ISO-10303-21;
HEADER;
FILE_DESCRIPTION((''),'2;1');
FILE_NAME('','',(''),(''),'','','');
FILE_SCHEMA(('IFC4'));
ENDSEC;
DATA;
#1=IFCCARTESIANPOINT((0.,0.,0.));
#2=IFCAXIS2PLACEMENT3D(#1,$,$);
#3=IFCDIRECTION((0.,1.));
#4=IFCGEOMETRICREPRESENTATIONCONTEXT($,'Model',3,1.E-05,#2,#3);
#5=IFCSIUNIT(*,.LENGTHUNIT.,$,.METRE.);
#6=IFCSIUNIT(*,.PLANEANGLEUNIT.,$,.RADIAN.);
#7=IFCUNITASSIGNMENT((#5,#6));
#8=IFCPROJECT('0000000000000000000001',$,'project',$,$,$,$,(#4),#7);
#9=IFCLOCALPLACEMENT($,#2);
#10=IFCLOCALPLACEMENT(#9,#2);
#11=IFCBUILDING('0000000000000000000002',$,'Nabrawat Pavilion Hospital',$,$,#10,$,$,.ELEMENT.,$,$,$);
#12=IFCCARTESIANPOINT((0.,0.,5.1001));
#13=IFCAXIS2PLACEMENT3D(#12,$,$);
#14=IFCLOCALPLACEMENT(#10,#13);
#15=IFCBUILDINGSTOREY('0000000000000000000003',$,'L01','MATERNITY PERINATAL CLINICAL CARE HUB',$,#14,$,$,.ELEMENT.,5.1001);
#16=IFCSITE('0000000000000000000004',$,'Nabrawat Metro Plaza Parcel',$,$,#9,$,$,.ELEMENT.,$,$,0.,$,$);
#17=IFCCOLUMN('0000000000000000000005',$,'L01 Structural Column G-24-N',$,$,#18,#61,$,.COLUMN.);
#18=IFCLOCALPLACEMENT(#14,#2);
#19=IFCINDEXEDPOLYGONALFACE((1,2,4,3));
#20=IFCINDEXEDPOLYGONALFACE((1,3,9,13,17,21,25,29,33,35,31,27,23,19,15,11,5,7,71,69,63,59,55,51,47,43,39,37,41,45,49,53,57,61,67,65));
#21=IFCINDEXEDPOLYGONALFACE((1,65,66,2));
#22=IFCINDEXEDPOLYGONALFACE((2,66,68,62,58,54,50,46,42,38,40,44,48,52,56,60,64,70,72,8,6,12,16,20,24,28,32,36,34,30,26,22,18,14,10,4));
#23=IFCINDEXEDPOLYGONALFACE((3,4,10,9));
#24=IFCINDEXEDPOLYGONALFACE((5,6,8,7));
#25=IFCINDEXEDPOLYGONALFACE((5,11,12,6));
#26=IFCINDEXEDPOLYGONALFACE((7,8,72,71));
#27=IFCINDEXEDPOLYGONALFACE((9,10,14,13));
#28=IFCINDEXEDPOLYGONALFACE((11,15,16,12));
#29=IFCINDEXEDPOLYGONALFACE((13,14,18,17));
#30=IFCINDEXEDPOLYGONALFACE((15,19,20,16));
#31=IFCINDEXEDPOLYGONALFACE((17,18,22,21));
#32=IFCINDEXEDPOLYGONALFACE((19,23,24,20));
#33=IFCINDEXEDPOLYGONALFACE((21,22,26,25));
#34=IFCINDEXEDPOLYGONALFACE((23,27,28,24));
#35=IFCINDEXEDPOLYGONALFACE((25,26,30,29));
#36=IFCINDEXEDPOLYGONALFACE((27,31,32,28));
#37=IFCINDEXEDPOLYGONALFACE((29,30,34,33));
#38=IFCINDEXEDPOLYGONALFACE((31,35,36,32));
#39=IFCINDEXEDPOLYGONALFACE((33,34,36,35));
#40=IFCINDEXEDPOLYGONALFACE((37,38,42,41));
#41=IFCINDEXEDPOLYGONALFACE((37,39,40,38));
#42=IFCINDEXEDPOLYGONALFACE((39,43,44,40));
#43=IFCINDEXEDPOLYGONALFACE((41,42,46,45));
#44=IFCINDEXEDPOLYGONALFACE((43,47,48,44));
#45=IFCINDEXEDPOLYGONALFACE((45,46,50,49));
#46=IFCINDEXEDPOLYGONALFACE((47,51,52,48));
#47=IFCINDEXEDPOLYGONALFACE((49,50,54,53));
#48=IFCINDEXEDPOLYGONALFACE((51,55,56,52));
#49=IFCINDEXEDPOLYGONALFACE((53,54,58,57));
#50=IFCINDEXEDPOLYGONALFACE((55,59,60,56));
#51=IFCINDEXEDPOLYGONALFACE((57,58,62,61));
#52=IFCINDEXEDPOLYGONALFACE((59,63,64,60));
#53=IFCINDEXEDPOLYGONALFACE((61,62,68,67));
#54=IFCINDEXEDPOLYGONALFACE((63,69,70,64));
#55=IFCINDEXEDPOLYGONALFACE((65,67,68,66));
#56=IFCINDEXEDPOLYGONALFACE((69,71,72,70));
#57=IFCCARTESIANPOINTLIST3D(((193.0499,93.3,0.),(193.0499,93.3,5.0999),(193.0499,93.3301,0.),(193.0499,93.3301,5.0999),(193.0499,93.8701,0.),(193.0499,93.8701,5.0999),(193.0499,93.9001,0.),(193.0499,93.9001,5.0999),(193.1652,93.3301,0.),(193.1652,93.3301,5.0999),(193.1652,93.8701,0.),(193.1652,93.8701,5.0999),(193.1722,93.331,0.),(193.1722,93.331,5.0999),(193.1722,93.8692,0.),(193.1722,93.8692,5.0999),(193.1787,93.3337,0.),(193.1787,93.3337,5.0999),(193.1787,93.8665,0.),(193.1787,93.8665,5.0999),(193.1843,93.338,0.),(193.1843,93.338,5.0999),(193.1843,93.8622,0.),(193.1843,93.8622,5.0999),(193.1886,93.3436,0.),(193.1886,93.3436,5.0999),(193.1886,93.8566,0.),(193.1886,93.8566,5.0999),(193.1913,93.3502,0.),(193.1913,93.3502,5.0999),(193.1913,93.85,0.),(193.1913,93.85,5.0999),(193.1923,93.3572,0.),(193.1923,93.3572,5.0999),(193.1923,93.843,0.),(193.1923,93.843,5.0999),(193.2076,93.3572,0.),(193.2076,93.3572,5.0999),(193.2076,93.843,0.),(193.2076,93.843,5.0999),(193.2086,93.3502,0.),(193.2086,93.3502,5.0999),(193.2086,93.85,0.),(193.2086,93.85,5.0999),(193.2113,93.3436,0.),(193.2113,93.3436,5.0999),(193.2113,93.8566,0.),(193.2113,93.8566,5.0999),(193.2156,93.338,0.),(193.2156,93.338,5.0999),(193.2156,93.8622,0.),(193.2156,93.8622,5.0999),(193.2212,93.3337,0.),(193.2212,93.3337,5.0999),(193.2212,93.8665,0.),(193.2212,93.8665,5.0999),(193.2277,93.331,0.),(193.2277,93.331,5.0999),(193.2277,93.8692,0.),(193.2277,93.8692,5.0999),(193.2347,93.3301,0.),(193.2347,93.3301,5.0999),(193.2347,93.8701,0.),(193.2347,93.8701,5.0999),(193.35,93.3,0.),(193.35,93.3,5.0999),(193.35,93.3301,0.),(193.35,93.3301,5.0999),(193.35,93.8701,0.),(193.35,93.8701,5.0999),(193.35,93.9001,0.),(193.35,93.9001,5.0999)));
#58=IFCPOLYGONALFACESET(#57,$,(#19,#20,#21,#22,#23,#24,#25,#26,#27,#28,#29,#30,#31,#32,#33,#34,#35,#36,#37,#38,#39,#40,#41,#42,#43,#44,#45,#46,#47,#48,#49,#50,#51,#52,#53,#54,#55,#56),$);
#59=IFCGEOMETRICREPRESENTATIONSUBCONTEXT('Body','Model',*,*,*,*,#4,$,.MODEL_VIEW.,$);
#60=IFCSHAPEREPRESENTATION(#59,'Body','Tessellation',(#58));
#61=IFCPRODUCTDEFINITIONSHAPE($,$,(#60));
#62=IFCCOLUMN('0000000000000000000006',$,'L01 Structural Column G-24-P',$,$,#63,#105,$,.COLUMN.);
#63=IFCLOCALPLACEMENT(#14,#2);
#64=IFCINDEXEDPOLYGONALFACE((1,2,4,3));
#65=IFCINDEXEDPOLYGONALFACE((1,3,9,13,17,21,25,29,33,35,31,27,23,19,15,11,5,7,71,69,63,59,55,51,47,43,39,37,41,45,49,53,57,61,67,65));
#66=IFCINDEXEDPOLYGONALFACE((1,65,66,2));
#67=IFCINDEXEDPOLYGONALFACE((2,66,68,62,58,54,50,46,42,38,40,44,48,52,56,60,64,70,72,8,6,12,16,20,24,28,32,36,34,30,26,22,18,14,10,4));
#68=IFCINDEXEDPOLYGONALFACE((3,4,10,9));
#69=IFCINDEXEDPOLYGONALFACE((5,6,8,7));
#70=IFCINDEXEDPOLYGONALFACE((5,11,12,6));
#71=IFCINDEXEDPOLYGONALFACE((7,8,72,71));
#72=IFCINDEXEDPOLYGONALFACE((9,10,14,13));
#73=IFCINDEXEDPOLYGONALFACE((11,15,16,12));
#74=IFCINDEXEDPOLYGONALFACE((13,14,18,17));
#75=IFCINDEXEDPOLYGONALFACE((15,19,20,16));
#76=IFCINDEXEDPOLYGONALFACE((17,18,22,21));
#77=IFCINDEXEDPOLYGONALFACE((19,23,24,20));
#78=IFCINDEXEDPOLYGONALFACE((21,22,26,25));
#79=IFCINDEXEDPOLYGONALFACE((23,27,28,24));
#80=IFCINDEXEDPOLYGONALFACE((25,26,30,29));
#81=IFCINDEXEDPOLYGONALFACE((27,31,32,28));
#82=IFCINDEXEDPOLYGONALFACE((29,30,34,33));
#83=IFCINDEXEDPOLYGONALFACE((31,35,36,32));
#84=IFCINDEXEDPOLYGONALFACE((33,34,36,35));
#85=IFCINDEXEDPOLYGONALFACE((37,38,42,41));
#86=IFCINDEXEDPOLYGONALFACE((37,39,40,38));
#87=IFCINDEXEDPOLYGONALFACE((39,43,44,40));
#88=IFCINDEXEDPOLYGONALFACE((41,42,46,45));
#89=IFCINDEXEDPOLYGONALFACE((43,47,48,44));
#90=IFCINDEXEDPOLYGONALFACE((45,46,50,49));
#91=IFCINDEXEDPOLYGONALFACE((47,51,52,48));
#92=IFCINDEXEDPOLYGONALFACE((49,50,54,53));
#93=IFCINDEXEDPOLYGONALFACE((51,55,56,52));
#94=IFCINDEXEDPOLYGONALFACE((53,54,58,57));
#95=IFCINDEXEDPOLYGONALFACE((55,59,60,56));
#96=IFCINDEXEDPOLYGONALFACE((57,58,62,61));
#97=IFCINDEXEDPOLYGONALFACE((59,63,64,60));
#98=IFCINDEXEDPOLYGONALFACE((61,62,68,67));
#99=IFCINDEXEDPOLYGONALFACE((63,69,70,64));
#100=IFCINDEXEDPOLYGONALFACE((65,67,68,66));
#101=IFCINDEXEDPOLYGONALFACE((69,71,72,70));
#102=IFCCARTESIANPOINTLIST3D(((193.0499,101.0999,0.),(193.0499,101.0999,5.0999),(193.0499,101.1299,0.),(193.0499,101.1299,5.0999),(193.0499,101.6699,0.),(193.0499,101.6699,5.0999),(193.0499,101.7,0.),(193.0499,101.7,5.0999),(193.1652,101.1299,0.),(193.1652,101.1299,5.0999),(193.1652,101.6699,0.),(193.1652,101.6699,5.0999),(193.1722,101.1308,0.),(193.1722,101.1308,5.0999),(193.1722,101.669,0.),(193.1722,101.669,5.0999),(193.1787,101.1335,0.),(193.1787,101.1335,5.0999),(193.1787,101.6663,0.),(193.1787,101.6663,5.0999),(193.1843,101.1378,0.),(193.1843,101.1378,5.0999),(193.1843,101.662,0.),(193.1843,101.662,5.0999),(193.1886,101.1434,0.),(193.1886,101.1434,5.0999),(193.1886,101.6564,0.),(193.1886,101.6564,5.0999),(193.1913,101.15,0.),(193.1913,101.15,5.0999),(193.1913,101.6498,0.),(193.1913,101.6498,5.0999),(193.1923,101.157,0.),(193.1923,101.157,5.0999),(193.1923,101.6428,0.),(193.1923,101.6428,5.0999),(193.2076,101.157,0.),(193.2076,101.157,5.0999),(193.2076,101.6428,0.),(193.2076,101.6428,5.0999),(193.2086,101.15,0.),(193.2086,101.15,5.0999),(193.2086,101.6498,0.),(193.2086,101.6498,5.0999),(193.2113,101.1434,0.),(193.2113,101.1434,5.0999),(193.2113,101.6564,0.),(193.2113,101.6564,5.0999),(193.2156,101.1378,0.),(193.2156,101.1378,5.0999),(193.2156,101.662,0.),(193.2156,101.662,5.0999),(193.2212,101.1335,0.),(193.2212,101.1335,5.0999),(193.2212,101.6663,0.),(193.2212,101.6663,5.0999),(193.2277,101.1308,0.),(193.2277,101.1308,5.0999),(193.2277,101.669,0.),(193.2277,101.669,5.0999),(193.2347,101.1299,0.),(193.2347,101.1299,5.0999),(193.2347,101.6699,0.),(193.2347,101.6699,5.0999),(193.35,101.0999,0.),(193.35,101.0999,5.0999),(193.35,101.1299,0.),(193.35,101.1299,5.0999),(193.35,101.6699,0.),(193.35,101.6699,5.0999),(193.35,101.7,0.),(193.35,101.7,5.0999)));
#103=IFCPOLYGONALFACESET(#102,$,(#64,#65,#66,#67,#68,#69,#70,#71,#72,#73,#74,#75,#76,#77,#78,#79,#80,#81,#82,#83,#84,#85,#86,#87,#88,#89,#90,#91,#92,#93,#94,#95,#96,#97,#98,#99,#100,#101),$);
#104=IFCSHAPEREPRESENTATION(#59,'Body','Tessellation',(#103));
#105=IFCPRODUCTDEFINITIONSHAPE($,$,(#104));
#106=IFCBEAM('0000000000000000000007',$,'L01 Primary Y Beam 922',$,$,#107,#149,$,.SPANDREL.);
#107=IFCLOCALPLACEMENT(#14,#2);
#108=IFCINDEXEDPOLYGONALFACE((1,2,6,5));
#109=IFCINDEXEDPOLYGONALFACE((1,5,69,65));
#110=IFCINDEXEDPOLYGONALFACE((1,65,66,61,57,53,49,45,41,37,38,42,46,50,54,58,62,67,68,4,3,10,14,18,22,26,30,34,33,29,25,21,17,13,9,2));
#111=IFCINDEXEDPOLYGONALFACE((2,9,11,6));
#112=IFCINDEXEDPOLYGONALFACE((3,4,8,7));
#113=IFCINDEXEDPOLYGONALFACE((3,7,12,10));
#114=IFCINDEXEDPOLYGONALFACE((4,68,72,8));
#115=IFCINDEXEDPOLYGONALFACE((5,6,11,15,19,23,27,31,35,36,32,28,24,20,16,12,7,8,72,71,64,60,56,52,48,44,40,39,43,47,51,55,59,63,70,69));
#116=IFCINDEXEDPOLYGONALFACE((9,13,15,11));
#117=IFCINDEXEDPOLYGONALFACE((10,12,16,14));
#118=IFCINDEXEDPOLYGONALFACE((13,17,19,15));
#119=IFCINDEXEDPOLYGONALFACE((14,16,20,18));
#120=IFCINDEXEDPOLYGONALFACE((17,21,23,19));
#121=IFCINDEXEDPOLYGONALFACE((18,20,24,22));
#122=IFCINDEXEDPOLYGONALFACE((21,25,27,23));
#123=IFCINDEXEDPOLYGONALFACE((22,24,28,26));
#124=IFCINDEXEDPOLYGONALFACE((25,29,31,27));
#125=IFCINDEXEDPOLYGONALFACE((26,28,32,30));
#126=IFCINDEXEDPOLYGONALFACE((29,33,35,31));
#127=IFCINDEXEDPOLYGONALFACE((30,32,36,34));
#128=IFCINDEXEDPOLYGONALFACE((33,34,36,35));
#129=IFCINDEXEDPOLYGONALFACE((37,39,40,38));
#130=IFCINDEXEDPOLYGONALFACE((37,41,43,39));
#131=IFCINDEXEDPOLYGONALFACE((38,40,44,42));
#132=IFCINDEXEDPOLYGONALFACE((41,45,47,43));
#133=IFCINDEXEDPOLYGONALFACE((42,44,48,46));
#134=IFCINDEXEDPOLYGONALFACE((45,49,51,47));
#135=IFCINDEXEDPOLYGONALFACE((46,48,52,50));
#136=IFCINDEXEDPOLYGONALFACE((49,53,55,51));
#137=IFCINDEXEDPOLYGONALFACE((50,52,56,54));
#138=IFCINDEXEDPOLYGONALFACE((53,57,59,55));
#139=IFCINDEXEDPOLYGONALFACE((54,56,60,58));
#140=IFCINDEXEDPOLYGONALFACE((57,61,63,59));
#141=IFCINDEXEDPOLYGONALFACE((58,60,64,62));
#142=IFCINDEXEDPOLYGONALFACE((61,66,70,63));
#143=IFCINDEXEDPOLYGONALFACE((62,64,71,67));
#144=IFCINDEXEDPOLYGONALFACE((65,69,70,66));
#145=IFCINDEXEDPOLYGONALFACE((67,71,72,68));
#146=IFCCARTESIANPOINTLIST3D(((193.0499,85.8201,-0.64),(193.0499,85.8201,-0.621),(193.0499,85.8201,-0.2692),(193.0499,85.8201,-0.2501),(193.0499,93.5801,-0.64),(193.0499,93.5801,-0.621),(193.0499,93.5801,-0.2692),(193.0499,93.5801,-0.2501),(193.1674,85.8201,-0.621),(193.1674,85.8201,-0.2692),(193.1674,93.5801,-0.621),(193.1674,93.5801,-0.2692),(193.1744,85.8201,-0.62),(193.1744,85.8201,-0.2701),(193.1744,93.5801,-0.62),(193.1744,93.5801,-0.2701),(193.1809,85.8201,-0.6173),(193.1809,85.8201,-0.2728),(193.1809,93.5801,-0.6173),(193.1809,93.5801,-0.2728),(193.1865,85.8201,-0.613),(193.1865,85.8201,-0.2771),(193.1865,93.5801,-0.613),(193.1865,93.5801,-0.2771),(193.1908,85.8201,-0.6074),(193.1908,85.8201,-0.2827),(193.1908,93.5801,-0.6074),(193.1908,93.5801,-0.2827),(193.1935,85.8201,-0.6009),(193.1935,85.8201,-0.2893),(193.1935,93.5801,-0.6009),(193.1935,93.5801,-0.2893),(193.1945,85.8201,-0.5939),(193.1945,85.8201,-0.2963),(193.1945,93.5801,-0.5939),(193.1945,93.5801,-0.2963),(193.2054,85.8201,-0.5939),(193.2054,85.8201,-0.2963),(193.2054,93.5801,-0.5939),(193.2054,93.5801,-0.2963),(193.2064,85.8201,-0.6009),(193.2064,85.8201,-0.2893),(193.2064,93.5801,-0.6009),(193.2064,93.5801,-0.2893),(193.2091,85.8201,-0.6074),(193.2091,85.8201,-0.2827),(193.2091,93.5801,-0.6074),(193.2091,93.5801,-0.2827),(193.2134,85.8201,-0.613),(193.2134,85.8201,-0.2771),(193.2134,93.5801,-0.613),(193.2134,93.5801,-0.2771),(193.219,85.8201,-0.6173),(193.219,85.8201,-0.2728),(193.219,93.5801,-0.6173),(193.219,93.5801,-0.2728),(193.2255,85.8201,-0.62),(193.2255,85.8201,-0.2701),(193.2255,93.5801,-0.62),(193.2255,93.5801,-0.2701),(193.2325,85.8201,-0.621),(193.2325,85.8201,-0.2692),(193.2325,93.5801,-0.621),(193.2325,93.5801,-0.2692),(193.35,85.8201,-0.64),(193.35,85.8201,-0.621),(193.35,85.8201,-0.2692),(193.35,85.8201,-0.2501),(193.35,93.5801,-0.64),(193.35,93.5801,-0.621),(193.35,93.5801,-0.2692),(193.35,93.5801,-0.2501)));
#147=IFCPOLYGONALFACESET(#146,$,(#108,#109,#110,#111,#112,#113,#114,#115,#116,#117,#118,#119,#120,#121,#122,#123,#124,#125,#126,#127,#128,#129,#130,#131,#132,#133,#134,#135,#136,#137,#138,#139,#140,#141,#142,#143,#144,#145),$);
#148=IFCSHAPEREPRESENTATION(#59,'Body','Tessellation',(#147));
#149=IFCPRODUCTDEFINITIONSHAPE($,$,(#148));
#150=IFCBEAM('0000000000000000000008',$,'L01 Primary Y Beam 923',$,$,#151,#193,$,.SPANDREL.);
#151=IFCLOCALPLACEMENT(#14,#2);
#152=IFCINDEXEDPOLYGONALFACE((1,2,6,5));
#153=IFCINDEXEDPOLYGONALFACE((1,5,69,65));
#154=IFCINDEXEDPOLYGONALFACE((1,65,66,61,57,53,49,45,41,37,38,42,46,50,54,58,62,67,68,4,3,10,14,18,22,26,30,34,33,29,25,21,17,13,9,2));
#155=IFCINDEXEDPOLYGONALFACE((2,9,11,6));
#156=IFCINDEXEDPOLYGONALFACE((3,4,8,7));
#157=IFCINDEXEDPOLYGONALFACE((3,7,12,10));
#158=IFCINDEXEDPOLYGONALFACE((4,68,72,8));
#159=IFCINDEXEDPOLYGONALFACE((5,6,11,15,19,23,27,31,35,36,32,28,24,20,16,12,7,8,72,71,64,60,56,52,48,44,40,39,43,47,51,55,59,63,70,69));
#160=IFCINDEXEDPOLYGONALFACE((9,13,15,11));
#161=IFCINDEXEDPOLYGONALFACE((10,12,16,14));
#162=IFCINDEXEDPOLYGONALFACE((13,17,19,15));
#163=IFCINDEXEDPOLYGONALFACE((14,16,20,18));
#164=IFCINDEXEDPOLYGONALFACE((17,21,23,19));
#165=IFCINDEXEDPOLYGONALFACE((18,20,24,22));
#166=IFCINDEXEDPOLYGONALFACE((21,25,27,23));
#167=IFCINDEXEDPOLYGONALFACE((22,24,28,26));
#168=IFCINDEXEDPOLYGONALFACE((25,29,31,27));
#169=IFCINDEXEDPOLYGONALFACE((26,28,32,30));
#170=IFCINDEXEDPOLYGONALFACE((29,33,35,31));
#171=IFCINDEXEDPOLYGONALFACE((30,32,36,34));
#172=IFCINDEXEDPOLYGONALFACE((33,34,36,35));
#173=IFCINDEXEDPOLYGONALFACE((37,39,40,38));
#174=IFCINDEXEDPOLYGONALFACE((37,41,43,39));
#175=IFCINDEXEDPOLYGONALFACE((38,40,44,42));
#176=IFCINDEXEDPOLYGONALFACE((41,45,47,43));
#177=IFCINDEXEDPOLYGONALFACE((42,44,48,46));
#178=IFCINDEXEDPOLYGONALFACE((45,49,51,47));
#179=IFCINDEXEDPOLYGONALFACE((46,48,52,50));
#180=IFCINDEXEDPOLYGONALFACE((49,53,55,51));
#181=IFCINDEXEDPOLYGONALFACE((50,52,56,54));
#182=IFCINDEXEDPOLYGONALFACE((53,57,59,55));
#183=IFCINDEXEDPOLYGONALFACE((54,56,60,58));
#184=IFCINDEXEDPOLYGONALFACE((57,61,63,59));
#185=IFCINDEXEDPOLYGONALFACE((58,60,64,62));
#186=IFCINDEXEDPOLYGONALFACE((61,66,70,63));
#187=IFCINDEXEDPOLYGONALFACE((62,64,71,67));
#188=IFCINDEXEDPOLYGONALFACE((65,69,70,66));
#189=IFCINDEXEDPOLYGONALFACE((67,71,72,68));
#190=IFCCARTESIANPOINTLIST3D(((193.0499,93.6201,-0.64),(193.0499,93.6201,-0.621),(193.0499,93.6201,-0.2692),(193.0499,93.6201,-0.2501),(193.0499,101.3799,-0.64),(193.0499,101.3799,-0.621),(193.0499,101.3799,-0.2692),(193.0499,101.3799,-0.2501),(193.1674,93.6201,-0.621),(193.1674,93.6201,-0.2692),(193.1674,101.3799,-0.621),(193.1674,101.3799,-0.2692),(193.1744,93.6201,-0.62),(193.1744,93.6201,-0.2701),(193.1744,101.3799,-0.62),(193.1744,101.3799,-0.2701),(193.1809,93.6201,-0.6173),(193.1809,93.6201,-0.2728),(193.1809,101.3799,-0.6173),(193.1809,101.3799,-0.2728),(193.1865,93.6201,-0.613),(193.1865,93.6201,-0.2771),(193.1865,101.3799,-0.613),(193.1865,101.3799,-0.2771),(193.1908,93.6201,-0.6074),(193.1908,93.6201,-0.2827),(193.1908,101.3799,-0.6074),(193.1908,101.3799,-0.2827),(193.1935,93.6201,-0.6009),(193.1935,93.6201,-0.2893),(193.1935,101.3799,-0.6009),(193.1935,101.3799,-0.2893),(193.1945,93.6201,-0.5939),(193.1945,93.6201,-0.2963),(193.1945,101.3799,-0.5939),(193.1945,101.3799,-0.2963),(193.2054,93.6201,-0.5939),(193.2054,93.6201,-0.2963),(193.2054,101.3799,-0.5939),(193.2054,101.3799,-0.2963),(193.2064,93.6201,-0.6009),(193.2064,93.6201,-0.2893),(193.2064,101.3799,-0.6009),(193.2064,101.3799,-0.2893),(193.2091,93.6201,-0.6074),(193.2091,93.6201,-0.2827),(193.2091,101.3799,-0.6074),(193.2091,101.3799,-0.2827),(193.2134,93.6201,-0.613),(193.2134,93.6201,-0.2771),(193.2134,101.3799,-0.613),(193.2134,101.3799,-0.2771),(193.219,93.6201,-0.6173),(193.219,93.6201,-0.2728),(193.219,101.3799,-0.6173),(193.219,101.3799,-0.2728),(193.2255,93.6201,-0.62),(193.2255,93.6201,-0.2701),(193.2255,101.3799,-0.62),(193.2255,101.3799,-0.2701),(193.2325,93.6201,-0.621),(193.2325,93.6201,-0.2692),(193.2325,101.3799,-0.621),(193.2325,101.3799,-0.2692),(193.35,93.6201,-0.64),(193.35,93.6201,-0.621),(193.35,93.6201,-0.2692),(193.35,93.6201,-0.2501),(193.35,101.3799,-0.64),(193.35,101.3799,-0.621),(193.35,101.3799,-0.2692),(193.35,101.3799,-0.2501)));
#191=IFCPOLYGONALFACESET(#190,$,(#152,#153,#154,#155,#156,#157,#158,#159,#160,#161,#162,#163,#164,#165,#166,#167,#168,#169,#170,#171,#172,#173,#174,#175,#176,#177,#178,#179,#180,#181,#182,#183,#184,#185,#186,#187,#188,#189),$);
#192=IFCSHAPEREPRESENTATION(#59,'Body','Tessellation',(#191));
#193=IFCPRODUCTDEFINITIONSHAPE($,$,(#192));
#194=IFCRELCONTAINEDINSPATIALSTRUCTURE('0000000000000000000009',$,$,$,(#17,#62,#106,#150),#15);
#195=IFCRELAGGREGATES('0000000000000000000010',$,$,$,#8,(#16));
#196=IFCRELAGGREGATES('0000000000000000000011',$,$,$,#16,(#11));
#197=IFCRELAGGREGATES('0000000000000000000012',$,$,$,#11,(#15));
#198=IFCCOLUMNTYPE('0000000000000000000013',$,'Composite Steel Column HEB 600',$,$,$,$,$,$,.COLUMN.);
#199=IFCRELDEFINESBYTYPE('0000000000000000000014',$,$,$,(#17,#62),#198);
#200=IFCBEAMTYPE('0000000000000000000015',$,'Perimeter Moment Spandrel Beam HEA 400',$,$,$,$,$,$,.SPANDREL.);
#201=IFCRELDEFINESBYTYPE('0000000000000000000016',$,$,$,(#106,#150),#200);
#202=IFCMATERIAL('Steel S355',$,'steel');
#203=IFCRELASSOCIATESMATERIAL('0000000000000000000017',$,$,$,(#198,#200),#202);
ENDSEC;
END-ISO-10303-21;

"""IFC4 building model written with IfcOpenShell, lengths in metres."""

from ifc_helpers import new_model, si_unit, direction, frame, origin, origin_2d, place, context, subcontext, project, spatial, i_section, extrude, material, material_profile, profile_set, type_object, element, save


model = new_model("IFC4")

# Units and contexts
model_context = context("Model", 3, precision=1e-05, world=origin(), true_north=direction((0.0, 1.0)))
body_context = subcontext(model_context, "Body", "Model", "MODEL_VIEW")
ifc_project = project(units=[si_unit("LENGTHUNIT", "METRE"), si_unit("PLANEANGLEUNIT", "RADIAN")], contexts=[model_context])

# Site, building, storey
site_placement = place(None, origin())
site = spatial("IfcSite", under=ifc_project, at=site_placement, Name="Nabrawat Metro Plaza Parcel", CompositionType="ELEMENT", RefElevation=0.0)
building_placement = place(site_placement, origin())
building = spatial("IfcBuilding", under=site, at=building_placement, Name="Nabrawat Pavilion Hospital", CompositionType="ELEMENT")
storey_placement = place(building_placement, frame((0.0, 0.0, 5.1001)))
storey = spatial("IfcBuildingStorey", under=building, at=storey_placement, Name="L01", Description="MATERNITY PERINATAL CLINICAL CARE HUB", CompositionType="ELEMENT", Elevation=5.1001)

# Columns
ifc_material_1 = material(Name="Steel S355", Category="steel")
ifc_material_profile_1 = material_profile(ifc_material_1, i_section(OverallWidth=0.3, OverallDepth=0.6001, WebThickness=0.0154, FlangeThickness=0.03, FilletRadius=0.0271, at=origin_2d()), Name="HEB 600")
ifc_profile_set_1 = profile_set([ifc_material_profile_1], Name="Steel S355")
column_type = type_object("IfcColumnType", Name="Composite Steel Column HEB 600", PredefinedType="COLUMN", material=ifc_profile_set_1)
for number, where, z_axis, x_axis, name in (
    (1, (193.2, 93.6001, 0.0), (0.0, 0.0, 1.0), (1.0, 0.0, 0.0), "L01 Structural Column G-24-N"),
    (2, (193.2, 101.3999, 0.0), (0.0, 0.0, 1.0), (1.0, 0.0, 0.0), "L01 Structural Column G-24-P"),
):
    element("IfcColumn", number, at=place(storey_placement, frame(where, z_axis=z_axis, x_axis=x_axis)), inside=storey, type_object=column_type, Name=name, PredefinedType="COLUMN", context=body_context, shape_type="SweptSolid", body=[
        extrude(i_section(OverallWidth=0.3, OverallDepth=0.6001, WebThickness=0.0154, FlangeThickness=0.03, FilletRadius=0.0271, at=origin_2d()), origin(), (0.0, 0.0, 1.0), 5.0999),
    ])

# Beams
ifc_material_profile_2 = material_profile(ifc_material_1, i_section(OverallWidth=0.3, OverallDepth=0.3899, WebThickness=0.011, FlangeThickness=0.019, FilletRadius=0.0271, at=origin_2d()), Name="HEA 400")
ifc_profile_set_2 = profile_set([ifc_material_profile_2], Name="Steel S355")
beam_type_1 = type_object("IfcBeamType", Name="Perimeter Moment Spandrel Beam HEA 400", PredefinedType="SPANDREL", material=ifc_profile_set_2)
beam_1_placement = place(storey_placement, frame((193.2, 85.8201, -0.4451), z_axis=(0.0, 1.0, 0.0), x_axis=(-1.0, 0.0, 0.0)))
element("IfcBeam", 3, at=beam_1_placement, inside=storey, type_object=beam_type_1, Name="L01 Primary Y Beam 922", PredefinedType="SPANDREL", context=body_context, shape_type="SweptSolid", body=[
    extrude(i_section(OverallWidth=0.3, OverallDepth=0.3899, WebThickness=0.011, FlangeThickness=0.019, FilletRadius=0.0271, at=origin_2d()), origin(), (0.0, 0.0, 1.0), 7.76),
])
beam_2_placement = place(storey_placement, frame((193.2, 93.6201, -0.4451), z_axis=(0.0, 1.0, 0.0), x_axis=(-1.0, 0.0, 0.0)))
element("IfcBeam", 4, at=beam_2_placement, inside=storey, type_object=beam_type_1, Name="L01 Primary Y Beam 923", PredefinedType="SPANDREL", context=body_context, shape_type="SweptSolid", body=[
    extrude(i_section(OverallWidth=0.3, OverallDepth=0.3899, WebThickness=0.011, FlangeThickness=0.019, FilletRadius=0.0271, at=origin_2d()), origin(), (0.0, 0.0, 1.0), 7.7598),
])

save(model, "model.ifc")
